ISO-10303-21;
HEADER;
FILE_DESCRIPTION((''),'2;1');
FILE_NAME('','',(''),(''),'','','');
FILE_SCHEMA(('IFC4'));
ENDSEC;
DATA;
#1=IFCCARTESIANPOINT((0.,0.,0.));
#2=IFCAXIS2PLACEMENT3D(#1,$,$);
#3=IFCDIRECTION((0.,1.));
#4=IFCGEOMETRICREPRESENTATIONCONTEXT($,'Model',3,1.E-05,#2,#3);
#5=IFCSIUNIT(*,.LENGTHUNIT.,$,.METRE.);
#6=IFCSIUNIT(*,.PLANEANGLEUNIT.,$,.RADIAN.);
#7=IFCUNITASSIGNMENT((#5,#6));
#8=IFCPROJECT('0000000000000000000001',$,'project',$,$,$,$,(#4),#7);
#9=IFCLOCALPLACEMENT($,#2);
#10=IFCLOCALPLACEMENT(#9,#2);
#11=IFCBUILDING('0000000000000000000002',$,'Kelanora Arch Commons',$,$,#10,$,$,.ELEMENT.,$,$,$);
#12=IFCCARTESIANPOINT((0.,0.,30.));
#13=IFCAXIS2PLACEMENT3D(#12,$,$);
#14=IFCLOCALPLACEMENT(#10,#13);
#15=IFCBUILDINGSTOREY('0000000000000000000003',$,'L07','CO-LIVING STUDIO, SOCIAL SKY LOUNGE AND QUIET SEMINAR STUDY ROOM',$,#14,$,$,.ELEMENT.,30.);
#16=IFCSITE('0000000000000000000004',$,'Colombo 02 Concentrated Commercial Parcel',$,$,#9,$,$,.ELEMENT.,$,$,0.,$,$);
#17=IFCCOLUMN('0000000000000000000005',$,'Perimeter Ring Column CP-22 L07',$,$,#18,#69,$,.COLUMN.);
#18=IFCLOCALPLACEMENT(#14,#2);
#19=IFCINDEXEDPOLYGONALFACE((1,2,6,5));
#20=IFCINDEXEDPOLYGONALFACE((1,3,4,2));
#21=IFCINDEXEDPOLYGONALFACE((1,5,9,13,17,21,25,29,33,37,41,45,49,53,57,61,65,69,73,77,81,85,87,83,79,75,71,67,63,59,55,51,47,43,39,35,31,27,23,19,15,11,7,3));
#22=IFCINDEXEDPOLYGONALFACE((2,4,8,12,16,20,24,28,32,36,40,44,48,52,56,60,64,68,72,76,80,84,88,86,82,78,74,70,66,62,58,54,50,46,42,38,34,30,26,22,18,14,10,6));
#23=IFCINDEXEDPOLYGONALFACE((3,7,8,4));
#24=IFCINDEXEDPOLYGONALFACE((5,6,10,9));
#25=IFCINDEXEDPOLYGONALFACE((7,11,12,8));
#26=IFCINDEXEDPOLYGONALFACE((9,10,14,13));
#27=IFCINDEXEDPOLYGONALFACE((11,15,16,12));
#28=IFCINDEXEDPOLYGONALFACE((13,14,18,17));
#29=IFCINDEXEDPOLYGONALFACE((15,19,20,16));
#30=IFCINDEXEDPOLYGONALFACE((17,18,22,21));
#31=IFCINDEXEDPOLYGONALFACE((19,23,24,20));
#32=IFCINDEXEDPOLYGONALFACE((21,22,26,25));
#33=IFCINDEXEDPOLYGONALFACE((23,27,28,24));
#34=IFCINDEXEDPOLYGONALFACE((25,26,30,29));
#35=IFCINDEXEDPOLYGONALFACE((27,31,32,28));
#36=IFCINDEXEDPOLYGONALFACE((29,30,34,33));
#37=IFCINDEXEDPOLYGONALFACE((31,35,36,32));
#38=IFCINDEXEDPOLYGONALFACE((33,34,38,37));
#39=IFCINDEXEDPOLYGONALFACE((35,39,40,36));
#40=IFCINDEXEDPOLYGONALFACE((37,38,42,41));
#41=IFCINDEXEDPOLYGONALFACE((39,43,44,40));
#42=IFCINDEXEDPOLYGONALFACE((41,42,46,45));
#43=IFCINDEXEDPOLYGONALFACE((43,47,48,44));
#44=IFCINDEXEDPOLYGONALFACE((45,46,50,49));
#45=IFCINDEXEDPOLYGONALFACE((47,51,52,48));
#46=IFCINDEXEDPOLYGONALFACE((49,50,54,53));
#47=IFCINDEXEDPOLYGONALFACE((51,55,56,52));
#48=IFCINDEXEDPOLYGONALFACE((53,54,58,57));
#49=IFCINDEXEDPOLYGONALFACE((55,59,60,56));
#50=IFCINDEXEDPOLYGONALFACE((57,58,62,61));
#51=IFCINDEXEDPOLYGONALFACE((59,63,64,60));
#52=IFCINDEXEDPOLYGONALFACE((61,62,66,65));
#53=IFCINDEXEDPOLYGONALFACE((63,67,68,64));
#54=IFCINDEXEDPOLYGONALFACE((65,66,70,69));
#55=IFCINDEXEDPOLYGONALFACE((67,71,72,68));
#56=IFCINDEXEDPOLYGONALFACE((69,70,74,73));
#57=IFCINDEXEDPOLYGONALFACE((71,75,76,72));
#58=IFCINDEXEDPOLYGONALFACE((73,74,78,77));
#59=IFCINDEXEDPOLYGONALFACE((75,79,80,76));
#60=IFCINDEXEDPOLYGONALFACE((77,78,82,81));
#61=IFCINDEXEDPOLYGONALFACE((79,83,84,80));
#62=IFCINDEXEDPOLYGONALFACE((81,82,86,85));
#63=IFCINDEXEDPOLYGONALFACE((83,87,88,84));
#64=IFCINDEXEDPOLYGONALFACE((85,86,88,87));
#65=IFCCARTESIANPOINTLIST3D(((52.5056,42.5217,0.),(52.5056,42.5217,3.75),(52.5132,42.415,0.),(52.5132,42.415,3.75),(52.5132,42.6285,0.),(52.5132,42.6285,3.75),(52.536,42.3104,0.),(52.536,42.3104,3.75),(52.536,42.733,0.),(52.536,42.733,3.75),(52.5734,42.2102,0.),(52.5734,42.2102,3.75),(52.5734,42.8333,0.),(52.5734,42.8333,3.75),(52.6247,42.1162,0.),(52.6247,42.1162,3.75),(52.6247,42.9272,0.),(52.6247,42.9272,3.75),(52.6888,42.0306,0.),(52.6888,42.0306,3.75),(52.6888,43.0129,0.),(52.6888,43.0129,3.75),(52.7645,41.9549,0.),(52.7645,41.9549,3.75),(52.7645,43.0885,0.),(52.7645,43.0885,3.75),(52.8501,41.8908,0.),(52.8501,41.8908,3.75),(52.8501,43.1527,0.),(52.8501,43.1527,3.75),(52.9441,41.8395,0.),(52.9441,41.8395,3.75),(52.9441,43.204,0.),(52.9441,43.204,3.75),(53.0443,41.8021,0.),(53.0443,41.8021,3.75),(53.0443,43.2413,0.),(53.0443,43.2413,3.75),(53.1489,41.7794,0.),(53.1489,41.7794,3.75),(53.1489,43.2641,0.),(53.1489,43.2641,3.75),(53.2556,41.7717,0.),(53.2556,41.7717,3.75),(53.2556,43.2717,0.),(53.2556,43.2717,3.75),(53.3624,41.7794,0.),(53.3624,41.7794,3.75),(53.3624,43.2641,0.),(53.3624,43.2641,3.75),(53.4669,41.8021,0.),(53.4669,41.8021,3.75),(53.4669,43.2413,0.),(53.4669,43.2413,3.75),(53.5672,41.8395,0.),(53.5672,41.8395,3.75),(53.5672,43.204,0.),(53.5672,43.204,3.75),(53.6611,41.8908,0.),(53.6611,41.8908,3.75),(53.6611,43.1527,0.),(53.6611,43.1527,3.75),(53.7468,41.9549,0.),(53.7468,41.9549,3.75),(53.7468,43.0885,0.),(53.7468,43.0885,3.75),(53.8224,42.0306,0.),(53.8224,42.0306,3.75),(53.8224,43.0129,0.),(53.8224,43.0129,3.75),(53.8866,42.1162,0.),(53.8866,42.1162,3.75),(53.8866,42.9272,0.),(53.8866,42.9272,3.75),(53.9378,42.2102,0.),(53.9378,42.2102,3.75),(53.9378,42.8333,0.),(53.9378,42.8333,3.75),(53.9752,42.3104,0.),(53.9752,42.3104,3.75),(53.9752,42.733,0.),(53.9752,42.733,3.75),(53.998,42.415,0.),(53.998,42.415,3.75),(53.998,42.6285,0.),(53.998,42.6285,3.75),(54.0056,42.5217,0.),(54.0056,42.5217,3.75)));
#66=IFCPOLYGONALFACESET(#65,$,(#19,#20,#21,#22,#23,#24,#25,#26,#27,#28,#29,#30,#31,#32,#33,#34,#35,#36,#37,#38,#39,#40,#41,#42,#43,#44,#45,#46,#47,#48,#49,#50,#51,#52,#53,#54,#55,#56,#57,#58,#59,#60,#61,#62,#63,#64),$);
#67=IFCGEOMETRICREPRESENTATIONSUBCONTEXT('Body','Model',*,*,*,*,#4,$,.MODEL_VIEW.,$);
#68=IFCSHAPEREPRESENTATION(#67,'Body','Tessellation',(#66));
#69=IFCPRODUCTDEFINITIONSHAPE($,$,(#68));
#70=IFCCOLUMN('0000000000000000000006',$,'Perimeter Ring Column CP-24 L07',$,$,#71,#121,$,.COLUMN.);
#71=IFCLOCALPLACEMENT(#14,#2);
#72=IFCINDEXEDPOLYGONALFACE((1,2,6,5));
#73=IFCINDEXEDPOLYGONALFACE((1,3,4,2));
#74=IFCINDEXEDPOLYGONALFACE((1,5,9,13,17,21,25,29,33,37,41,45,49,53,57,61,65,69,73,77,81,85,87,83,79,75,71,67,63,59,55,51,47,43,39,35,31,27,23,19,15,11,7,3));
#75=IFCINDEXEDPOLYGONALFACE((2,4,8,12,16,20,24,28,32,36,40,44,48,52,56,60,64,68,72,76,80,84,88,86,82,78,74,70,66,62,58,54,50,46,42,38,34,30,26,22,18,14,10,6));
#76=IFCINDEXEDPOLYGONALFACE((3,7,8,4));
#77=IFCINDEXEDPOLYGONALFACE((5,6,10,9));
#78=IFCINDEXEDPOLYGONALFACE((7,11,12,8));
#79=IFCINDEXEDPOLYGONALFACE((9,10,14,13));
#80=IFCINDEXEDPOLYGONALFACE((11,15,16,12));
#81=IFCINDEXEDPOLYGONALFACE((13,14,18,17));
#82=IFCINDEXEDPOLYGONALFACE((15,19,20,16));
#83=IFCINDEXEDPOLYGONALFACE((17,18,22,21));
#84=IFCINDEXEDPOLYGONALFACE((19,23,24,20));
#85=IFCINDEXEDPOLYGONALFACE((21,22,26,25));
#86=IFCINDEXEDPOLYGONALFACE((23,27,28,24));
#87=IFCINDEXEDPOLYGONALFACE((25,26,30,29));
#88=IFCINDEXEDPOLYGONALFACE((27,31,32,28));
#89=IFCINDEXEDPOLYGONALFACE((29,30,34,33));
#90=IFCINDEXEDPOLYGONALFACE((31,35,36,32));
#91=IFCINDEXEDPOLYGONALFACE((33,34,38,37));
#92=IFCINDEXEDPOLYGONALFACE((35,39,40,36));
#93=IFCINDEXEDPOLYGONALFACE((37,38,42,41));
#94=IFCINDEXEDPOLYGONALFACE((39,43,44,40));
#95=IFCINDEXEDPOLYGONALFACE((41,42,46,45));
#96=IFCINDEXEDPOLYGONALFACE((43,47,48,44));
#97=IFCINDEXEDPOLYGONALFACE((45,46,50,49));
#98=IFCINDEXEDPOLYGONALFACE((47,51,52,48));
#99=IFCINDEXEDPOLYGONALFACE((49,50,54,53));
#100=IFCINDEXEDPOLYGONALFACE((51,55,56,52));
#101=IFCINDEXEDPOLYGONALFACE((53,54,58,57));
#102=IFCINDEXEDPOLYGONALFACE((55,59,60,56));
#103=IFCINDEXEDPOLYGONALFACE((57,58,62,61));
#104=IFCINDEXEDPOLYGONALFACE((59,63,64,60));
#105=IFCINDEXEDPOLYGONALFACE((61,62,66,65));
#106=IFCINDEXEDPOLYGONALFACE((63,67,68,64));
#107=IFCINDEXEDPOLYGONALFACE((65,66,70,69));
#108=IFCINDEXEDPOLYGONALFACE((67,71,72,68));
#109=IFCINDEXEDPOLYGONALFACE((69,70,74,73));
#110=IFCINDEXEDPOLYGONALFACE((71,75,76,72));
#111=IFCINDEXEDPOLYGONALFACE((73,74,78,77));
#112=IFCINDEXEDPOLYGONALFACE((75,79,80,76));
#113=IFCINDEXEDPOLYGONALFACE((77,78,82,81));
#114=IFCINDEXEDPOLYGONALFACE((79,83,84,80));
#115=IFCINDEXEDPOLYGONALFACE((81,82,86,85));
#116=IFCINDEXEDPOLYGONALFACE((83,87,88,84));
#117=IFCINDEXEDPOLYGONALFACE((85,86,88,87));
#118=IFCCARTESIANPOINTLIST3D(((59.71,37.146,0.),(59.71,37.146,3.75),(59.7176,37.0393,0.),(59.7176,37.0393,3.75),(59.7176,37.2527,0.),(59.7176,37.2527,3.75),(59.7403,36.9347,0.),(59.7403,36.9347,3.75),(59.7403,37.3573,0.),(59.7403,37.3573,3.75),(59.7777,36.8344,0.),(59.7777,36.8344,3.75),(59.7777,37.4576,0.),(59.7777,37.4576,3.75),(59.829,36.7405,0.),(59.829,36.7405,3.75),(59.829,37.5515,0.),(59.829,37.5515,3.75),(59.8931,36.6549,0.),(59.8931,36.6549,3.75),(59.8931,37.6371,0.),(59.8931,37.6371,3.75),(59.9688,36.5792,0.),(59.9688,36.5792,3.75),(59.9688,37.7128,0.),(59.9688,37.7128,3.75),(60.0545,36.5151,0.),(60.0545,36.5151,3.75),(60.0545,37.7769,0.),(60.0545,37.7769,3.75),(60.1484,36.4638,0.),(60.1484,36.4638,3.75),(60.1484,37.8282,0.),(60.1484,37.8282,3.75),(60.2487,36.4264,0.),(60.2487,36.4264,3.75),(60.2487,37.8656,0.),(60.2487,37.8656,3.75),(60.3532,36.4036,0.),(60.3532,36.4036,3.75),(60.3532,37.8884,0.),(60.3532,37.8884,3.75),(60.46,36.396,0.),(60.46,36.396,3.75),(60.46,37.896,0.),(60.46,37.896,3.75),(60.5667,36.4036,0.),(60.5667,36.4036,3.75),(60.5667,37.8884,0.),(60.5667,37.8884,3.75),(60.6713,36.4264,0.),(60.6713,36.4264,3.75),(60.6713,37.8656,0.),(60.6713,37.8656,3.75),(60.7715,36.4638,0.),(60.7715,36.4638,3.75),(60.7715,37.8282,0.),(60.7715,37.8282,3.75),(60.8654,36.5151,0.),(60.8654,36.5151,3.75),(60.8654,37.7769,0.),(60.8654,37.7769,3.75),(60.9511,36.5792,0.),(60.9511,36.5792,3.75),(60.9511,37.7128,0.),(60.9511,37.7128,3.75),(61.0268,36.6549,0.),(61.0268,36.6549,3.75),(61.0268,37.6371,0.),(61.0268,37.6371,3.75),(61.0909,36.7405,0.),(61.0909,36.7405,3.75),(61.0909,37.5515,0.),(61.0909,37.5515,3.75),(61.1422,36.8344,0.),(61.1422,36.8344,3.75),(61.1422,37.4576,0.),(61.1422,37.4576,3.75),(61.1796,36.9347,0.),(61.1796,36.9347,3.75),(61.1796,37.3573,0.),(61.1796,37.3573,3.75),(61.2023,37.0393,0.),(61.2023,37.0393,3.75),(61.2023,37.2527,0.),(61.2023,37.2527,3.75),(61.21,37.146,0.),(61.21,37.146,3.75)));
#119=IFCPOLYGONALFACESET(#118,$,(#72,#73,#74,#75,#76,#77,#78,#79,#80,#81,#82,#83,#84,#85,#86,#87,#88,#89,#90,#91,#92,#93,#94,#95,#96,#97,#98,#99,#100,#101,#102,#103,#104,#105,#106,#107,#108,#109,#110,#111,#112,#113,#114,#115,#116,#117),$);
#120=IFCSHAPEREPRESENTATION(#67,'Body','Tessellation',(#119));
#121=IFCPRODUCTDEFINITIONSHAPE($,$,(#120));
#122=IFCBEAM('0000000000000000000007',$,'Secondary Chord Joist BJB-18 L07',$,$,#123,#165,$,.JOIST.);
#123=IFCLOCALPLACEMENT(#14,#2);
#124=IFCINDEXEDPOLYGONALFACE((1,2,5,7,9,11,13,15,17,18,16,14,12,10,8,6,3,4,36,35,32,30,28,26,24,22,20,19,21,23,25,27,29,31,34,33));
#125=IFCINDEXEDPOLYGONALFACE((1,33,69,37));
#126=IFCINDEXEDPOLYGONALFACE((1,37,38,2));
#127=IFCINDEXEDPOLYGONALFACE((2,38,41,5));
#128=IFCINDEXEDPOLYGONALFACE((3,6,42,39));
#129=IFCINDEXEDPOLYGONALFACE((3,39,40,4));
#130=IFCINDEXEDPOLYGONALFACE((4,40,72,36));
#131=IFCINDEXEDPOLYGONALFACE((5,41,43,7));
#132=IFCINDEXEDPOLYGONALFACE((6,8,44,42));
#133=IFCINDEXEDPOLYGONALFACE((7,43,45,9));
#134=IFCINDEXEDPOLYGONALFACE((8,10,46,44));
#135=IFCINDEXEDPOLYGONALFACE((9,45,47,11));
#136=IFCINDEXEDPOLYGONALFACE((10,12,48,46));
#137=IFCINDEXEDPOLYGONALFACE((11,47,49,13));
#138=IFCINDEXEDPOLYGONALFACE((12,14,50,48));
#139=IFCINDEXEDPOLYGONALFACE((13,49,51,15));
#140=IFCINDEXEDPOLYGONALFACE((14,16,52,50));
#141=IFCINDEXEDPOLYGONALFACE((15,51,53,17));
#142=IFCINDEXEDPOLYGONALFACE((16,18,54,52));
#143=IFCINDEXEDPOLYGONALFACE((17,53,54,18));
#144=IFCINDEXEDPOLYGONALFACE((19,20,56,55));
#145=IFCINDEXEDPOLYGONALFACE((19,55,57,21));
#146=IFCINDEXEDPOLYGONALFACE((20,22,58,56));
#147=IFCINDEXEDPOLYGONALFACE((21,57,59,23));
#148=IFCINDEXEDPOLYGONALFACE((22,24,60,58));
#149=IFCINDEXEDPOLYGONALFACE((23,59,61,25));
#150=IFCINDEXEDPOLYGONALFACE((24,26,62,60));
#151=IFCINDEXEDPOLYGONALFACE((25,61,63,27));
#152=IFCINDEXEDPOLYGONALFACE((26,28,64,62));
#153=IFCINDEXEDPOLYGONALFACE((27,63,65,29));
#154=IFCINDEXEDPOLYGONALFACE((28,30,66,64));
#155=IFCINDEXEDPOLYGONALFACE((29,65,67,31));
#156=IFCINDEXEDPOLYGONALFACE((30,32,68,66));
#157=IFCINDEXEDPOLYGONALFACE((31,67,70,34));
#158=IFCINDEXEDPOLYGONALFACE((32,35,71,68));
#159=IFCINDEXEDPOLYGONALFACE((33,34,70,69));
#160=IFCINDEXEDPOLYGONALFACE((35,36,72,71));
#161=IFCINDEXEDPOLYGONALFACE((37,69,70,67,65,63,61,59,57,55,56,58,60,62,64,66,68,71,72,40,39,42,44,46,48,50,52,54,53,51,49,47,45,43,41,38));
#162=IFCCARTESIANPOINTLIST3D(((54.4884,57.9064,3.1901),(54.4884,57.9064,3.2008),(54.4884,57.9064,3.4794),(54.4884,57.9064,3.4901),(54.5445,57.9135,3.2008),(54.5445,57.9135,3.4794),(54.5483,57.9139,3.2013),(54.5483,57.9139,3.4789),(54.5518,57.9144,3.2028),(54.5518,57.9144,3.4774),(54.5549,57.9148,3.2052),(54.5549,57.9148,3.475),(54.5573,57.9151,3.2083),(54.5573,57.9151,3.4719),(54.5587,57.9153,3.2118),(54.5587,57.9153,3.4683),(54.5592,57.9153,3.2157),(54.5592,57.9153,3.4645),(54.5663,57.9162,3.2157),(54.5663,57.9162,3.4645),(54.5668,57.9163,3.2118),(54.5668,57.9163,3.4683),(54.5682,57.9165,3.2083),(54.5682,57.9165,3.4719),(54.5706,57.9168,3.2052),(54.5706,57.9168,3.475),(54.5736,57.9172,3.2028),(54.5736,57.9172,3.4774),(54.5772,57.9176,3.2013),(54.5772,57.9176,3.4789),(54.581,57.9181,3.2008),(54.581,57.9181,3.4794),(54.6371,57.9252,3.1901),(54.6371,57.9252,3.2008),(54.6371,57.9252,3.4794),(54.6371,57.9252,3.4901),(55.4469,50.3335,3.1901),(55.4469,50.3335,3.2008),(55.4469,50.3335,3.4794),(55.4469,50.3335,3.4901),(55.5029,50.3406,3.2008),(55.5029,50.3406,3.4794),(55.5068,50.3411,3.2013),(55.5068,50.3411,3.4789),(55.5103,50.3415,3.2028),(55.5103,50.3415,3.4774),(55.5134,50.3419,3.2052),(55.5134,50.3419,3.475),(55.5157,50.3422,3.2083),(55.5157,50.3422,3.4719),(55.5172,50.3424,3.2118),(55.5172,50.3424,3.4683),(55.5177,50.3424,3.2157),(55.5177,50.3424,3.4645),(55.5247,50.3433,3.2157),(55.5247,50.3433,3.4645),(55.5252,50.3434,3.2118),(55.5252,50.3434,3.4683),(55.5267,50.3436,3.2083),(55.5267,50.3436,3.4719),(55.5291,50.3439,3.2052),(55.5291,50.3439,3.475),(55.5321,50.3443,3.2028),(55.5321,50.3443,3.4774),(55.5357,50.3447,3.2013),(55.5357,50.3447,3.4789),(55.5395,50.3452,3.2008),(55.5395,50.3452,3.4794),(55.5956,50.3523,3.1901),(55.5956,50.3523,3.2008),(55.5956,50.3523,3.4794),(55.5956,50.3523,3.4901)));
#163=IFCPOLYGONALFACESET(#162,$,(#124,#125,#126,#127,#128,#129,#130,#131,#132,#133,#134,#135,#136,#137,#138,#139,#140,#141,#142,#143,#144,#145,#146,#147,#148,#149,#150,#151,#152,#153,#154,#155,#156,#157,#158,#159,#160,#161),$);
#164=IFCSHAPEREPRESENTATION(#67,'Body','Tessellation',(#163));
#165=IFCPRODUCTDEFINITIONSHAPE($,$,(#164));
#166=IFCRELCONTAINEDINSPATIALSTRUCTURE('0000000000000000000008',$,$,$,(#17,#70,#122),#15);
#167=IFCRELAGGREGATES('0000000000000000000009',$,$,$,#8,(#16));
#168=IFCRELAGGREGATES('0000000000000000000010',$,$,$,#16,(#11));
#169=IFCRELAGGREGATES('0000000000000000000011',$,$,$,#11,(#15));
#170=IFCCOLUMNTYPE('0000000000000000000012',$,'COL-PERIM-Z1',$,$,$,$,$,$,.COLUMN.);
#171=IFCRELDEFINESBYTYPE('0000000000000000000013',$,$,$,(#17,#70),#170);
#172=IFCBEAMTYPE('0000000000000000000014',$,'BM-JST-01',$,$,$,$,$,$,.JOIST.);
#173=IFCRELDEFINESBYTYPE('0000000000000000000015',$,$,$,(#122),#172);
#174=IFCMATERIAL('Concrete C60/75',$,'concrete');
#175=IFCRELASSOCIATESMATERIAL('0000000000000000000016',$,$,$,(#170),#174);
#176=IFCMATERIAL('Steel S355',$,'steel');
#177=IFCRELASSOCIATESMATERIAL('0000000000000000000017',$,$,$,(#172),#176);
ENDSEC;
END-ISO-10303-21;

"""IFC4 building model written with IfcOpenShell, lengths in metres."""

from ifc_helpers import new_model, si_unit, direction, frame, origin, origin_2d, place, context, subcontext, project, spatial, circle, i_section, extrude, material, material_profile, profile_set, type_object, element, save


model = new_model("IFC4")

# Units and contexts
model_context = context("Model", 3, precision=1e-05, world=origin(), true_north=direction((0.0, 1.0)))
body_context = subcontext(model_context, "Body", "Model", "MODEL_VIEW")
ifc_project = project(units=[si_unit("LENGTHUNIT", "METRE"), si_unit("PLANEANGLEUNIT", "RADIAN")], contexts=[model_context])

# Site, building, storey
site_placement = place(None, origin())
site = spatial("IfcSite", under=ifc_project, at=site_placement, Name="Colombo 02 Concentrated Commercial Parcel", CompositionType="ELEMENT", RefElevation=0.0)
building_placement = place(site_placement, origin())
building = spatial("IfcBuilding", under=site, at=building_placement, Name="Kelanora Arch Commons", CompositionType="ELEMENT")
storey_placement = place(building_placement, frame((0.0, 0.0, 30.0)))
storey = spatial("IfcBuildingStorey", under=building, at=storey_placement, Name="L07", Description="CO-LIVING STUDIO, SOCIAL SKY LOUNGE AND QUIET SEMINAR STUDY ROOM", CompositionType="ELEMENT", Elevation=30.0)

# Columns
ifc_material_1 = material(Name="Concrete C60/75", Category="concrete")
ifc_material_profile_1 = material_profile(ifc_material_1, circle(Radius=0.75, at=origin_2d()), Name="RCC1500")
ifc_profile_set_1 = profile_set([ifc_material_profile_1], Name="Concrete C60/75")
column_type = type_object("IfcColumnType", Name="COL-PERIM-Z1", PredefinedType="COLUMN", material=ifc_profile_set_1)
for number, where, z_axis, x_axis, name in (
    (1, (53.2556, 42.5217, 0.0), (0.0, 0.0, 1.0), (1.0, 0.0, 0.0), "Perimeter Ring Column CP-22 L07"),
    (2, (60.46, 37.146, 0.0), (0.0, 0.0, 1.0), (1.0, 0.0, 0.0), "Perimeter Ring Column CP-24 L07"),
):
    element("IfcColumn", number, at=place(storey_placement, frame(where, z_axis=z_axis, x_axis=x_axis)), inside=storey, type_object=column_type, Name=name, PredefinedType="COLUMN", context=body_context, shape_type="SweptSolid", body=[
        extrude(circle(Radius=0.75, at=origin_2d()), origin(), (0.0, 0.0, 1.0), 3.75),
    ])

# Beam
ifc_material_2 = material(Name="Steel S355", Category="steel")
ifc_material_profile_2 = material_profile(ifc_material_2, i_section(OverallWidth=0.1499, OverallDepth=0.3, WebThickness=0.0071, FlangeThickness=0.0107, FilletRadius=0.0149, at=origin_2d()), Name="IPE300")
ifc_profile_set_2 = profile_set([ifc_material_profile_2], Name="Steel S355")
beam_type_1 = type_object("IfcBeamType", Name="BM-JST-01", PredefinedType="JOIST", material=ifc_profile_set_2)
beam_1_placement = place(storey_placement, frame((54.5627, 57.9158, 3.3401), z_axis=(0.125566, -0.992085, 0.0), x_axis=(0.992085, 0.125566, 0.0)))
element("IfcBeam", 3, at=beam_1_placement, inside=storey, type_object=beam_type_1, Name="Secondary Chord Joist BJB-18 L07", PredefinedType="JOIST", context=body_context, shape_type="SweptSolid", body=[
    extrude(i_section(OverallWidth=0.1499, OverallDepth=0.3, WebThickness=0.0071, FlangeThickness=0.0107, FilletRadius=0.0149, at=origin_2d()), origin(), (0.0, 0.0, 1.0), 7.6333),
])

save(model, "model.ifc")
